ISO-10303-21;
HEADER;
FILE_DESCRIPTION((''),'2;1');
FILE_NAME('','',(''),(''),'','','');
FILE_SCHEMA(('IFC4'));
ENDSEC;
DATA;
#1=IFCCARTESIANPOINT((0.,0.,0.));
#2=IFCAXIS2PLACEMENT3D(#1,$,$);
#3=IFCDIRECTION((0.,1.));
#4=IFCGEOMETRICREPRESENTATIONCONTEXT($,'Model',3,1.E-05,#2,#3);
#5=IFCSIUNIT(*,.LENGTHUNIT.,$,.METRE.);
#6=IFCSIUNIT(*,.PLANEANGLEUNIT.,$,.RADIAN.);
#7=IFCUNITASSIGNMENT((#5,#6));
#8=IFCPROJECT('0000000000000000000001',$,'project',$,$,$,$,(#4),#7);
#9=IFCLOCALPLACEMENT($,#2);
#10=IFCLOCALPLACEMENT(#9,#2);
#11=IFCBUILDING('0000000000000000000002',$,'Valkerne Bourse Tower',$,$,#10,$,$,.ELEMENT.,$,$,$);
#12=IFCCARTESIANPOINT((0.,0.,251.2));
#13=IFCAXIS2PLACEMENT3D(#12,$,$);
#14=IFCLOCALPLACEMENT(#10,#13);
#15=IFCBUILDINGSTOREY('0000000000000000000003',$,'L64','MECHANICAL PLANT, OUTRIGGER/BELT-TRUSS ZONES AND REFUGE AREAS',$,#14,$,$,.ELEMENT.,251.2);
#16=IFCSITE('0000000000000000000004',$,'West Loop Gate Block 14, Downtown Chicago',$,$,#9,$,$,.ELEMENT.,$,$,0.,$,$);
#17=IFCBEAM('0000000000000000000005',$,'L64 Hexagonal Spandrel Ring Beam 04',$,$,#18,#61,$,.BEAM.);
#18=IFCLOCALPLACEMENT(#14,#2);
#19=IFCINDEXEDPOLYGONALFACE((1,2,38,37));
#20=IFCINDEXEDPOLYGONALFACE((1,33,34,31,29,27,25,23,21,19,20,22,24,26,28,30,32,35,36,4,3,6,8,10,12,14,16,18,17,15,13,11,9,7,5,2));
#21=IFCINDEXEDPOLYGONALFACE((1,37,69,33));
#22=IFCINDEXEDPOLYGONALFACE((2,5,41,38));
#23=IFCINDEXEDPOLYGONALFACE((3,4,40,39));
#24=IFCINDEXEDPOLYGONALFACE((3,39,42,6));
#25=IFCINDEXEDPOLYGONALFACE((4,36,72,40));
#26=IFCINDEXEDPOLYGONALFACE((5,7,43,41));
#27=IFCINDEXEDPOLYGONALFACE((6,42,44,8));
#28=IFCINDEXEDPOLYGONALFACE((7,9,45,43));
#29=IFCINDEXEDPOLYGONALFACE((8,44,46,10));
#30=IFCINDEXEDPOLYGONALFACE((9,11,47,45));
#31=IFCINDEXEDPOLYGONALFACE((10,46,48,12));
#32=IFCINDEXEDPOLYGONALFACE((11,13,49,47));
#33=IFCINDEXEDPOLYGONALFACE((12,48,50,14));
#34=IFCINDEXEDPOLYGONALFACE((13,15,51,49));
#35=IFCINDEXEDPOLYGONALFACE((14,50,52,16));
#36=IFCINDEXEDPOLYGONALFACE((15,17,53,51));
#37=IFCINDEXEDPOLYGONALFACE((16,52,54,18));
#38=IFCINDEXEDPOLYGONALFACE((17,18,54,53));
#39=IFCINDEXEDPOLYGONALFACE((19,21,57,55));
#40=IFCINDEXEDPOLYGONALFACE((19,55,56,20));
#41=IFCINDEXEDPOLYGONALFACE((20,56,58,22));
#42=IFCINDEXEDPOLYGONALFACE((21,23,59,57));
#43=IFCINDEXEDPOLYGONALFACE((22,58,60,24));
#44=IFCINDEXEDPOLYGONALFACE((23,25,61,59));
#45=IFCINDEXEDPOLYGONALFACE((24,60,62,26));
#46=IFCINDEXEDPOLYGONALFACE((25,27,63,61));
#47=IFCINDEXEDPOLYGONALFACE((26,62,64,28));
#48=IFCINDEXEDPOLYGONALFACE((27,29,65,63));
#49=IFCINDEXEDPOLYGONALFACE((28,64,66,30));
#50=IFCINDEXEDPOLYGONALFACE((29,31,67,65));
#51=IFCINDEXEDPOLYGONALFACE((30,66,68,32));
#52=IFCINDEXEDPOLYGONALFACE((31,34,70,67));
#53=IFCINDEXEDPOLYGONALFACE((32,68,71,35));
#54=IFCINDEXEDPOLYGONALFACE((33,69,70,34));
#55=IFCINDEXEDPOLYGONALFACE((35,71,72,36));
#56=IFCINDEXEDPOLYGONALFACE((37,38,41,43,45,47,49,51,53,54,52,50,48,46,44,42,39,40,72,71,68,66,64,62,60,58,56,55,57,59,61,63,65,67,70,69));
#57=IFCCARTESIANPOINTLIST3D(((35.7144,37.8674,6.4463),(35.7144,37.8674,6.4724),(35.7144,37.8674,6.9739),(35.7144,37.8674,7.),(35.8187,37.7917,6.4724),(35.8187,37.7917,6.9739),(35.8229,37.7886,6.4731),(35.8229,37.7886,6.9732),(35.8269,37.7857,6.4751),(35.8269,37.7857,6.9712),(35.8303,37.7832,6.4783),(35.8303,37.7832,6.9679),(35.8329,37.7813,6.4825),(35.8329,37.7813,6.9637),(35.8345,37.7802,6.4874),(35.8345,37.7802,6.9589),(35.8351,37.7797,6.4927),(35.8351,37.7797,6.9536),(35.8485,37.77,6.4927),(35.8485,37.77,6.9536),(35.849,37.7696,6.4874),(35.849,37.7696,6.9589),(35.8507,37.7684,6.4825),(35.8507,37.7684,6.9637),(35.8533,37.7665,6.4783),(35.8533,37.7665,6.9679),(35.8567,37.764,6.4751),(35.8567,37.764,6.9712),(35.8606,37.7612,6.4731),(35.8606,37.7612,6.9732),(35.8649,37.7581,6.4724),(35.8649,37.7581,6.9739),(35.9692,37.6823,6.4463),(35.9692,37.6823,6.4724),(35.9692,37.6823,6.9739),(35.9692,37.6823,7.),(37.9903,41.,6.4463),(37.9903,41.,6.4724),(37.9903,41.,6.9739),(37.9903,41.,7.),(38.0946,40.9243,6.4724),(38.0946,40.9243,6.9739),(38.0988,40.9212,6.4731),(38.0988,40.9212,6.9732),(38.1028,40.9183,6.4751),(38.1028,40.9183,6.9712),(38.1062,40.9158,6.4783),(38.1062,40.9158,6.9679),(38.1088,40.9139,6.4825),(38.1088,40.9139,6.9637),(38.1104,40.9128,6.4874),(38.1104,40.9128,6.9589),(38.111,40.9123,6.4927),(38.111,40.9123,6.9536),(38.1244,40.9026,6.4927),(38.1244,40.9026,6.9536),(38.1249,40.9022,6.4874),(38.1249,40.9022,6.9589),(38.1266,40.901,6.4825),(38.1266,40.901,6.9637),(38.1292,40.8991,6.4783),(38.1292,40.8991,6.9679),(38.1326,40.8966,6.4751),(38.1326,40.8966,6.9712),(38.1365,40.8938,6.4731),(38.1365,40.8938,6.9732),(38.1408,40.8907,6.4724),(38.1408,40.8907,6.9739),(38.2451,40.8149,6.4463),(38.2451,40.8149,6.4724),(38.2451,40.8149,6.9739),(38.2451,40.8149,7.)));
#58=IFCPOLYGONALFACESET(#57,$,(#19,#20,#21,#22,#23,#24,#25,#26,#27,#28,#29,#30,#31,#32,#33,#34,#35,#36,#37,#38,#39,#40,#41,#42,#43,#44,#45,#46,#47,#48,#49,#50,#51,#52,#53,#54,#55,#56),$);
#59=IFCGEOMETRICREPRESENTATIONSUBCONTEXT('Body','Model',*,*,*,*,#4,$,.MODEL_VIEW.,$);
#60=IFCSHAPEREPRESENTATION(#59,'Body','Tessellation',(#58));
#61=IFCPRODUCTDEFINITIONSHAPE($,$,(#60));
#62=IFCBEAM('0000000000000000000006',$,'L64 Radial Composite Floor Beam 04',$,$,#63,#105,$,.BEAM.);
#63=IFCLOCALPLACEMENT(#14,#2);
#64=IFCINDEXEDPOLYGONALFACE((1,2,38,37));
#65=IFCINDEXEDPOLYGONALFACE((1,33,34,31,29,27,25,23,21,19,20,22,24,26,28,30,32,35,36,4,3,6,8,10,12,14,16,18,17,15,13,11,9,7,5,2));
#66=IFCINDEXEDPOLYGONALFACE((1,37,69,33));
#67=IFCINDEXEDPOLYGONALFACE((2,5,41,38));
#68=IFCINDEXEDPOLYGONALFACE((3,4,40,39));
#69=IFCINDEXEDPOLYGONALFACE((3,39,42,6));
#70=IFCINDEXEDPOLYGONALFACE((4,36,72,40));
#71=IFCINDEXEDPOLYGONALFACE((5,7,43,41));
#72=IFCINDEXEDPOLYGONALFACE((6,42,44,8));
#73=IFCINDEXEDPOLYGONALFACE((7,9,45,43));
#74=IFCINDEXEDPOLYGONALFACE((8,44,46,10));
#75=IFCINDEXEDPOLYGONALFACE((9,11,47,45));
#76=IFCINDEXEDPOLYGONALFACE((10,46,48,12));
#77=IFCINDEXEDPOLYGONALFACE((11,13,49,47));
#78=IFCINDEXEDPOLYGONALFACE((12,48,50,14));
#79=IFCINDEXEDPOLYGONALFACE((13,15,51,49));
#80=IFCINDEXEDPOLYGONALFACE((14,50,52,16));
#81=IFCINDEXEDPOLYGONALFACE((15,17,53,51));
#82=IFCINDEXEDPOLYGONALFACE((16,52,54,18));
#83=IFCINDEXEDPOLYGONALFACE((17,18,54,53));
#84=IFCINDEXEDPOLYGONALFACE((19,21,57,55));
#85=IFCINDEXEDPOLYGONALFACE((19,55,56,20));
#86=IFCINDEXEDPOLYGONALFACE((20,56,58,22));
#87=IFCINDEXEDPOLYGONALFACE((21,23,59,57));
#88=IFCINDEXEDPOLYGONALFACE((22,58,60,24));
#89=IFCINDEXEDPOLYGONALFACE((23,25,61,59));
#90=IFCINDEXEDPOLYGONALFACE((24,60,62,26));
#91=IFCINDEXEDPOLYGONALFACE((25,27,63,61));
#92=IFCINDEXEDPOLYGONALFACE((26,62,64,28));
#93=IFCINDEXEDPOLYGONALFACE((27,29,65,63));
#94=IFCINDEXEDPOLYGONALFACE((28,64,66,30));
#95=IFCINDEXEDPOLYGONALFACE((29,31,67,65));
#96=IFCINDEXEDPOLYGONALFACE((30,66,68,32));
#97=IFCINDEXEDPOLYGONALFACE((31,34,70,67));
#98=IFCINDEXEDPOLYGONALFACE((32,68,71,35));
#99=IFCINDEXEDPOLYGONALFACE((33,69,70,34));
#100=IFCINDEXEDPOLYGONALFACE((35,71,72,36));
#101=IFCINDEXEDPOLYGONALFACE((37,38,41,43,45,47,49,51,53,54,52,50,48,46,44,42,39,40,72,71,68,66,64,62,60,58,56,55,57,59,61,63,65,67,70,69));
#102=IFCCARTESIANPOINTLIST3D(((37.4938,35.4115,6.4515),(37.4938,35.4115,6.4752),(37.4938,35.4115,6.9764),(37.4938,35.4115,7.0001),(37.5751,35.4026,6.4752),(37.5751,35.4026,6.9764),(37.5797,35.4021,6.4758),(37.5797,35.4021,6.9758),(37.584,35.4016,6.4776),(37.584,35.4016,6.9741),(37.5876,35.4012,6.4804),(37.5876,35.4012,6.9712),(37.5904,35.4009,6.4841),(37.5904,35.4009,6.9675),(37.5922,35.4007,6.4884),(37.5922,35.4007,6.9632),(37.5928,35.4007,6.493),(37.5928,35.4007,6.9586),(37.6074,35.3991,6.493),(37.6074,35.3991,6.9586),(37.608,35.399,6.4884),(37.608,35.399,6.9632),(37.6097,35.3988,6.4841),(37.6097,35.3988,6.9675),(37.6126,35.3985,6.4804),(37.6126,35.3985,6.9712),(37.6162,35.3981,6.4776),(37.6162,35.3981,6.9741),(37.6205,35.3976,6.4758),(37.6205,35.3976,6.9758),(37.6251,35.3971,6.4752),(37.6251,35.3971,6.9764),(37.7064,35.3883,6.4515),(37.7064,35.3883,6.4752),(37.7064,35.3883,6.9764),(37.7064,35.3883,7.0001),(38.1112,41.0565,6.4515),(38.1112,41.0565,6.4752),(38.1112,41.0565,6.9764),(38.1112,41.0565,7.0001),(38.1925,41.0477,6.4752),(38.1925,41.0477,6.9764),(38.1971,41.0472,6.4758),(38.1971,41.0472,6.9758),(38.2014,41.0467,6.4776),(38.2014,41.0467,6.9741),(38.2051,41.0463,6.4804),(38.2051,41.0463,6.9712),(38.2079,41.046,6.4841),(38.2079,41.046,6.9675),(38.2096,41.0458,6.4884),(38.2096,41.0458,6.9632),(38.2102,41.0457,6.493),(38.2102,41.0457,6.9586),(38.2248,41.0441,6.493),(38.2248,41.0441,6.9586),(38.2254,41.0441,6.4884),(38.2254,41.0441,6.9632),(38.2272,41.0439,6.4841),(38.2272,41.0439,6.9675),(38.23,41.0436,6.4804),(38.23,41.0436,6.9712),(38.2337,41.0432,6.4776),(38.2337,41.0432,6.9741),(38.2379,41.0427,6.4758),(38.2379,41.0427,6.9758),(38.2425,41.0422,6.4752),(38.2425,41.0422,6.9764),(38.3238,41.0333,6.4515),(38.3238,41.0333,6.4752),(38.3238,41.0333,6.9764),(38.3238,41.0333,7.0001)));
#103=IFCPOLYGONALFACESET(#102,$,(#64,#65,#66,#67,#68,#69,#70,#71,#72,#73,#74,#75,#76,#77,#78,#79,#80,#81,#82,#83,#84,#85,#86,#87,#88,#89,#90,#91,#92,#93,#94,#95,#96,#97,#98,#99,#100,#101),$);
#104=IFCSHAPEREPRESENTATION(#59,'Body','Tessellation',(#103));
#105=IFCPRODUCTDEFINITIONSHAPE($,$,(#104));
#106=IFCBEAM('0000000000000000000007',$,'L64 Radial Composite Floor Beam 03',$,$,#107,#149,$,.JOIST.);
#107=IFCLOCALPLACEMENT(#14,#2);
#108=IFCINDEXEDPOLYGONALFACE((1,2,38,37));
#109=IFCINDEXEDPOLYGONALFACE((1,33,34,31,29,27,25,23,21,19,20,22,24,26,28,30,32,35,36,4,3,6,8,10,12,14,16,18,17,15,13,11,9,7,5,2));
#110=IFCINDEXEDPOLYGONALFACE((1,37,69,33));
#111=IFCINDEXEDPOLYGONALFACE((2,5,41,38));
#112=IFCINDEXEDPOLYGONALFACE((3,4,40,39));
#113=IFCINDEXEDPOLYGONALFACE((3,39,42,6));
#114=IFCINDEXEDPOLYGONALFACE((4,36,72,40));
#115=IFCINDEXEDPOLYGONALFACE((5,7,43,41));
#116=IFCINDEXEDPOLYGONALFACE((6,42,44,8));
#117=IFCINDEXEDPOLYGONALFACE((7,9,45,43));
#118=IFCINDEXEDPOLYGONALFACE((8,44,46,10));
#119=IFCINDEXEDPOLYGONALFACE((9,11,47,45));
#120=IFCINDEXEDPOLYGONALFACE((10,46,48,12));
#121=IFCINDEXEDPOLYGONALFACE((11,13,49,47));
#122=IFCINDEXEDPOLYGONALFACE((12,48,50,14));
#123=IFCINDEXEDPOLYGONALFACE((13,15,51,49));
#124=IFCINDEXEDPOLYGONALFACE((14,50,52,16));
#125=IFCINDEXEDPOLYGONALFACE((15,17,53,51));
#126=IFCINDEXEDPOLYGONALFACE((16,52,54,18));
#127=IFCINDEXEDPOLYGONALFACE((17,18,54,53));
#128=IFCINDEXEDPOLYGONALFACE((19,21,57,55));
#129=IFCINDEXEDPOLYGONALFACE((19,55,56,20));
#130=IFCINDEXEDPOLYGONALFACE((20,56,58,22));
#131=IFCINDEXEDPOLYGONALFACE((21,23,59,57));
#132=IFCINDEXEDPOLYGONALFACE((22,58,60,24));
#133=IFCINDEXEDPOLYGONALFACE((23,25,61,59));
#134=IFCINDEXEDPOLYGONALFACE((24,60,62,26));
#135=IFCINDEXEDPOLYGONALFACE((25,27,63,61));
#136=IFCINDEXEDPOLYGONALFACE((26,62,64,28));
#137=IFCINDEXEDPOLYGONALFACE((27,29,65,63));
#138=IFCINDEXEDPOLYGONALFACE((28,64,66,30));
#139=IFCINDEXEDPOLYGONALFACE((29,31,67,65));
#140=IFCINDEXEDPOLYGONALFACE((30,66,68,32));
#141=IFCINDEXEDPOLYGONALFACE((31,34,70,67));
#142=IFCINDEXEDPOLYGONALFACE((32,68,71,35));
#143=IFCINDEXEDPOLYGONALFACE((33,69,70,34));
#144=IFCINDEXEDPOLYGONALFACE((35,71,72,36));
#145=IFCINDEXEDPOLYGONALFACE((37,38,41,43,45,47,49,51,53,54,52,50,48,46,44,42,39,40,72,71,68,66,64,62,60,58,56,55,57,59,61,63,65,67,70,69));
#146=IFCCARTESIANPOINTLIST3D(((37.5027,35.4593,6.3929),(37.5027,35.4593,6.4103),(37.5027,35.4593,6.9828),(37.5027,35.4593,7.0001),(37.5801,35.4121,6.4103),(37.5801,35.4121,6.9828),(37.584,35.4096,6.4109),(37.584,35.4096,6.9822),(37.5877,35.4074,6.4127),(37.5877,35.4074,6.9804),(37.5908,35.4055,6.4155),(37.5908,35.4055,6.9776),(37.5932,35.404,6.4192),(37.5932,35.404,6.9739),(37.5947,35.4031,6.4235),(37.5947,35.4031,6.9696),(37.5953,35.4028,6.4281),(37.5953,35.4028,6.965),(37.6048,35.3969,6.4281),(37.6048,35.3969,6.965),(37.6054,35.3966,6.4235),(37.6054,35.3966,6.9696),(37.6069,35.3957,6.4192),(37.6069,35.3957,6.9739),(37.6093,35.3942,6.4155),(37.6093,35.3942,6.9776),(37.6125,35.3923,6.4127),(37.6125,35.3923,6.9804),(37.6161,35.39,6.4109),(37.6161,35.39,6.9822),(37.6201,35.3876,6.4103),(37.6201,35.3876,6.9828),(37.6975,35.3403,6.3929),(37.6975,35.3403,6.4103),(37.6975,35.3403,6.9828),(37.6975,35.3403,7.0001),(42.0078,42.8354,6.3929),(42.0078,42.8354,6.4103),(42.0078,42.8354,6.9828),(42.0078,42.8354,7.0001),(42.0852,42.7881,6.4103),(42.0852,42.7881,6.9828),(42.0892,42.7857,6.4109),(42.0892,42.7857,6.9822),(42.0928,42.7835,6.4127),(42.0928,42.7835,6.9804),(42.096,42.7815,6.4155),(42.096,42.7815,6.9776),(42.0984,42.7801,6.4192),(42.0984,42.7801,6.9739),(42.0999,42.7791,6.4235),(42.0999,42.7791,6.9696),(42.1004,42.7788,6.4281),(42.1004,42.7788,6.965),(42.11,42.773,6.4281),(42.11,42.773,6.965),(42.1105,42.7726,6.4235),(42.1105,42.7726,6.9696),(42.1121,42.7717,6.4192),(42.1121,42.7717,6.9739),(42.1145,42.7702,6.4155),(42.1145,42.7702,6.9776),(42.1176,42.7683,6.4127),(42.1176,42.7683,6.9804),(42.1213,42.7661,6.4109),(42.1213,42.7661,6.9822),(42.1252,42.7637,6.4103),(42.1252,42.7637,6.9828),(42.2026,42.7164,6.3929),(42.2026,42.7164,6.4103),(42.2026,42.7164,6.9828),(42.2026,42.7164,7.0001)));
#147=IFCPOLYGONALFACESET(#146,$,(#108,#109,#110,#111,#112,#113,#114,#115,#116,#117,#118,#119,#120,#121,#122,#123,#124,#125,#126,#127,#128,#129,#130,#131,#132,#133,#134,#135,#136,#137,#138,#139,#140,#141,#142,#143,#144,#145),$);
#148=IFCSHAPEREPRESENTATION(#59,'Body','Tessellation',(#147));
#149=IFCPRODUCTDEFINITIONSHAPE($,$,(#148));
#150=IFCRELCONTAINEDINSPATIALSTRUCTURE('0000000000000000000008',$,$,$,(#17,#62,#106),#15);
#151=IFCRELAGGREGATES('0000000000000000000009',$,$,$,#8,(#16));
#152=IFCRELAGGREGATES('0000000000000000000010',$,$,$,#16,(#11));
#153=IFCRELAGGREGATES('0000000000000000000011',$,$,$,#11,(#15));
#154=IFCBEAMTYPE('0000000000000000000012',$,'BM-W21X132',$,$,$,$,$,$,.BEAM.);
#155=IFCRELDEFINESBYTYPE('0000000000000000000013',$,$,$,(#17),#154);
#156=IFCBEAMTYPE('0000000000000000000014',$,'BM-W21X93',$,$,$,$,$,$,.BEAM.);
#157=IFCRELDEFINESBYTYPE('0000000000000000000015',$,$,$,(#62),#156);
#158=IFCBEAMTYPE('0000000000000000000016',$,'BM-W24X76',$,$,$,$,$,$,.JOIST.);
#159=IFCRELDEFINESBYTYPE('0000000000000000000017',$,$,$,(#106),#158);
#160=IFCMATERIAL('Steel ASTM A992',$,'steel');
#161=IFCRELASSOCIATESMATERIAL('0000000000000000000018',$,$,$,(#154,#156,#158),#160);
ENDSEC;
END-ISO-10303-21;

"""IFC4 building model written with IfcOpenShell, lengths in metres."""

from ifc_helpers import new_model, si_unit, direction, frame, origin, origin_2d, place, context, subcontext, project, spatial, i_section, extrude, material, material_profile, profile_set, type_object, element, save


model = new_model("IFC4")

# Units and contexts
model_context = context("Model", 3, precision=1e-05, world=origin(), true_north=direction((0.0, 1.0)))
body_context = subcontext(model_context, "Body", "Model", "MODEL_VIEW")
ifc_project = project(units=[si_unit("LENGTHUNIT", "METRE"), si_unit("PLANEANGLEUNIT", "RADIAN")], contexts=[model_context])

# Site, building, storey
site_placement = place(None, origin())
site = spatial("IfcSite", under=ifc_project, at=site_placement, Name="West Loop Gate Block 14, Downtown Chicago", CompositionType="ELEMENT", RefElevation=0.0)
building_placement = place(site_placement, origin())
building = spatial("IfcBuilding", under=site, at=building_placement, Name="Valkerne Bourse Tower", CompositionType="ELEMENT")
storey_placement = place(building_placement, frame((0.0, 0.0, 251.2)))
storey = spatial("IfcBuildingStorey", under=building, at=storey_placement, Name="L64", Description="MECHANICAL PLANT, OUTRIGGER/BELT-TRUSS ZONES AND REFUGE AREAS", CompositionType="ELEMENT", Elevation=251.2)

# Beams
ifc_material_1 = material(Name="Steel ASTM A992", Category="steel")
ifc_material_profile_1 = material_profile(ifc_material_1, i_section(OverallWidth=0.3149, OverallDepth=0.5537, WebThickness=0.0166, FlangeThickness=0.0261, FilletRadius=0.0203, at=origin_2d()), Name="W21X132")
ifc_profile_set_1 = profile_set([ifc_material_profile_1], Name="Steel ASTM A992")
beam_type_1 = type_object("IfcBeamType", Name="BM-W21X132", PredefinedType="BEAM", material=ifc_profile_set_1)
beam_1_placement = place(storey_placement, frame((38.1177, 40.9075, 6.7231), z_axis=(-0.587774, -0.809025, 0.0), x_axis=(0.809025, -0.587774, 0.0)))
element("IfcBeam", 1, at=beam_1_placement, inside=storey, type_object=beam_type_1, Name="L64 Hexagonal Spandrel Ring Beam 04", PredefinedType="BEAM", context=body_context, shape_type="SweptSolid", body=[
    extrude(i_section(OverallWidth=0.3149, OverallDepth=0.5537, WebThickness=0.0166, FlangeThickness=0.0261, FilletRadius=0.0203, at=origin_2d()), origin(), (0.0, 0.0, 1.0), 3.8721),
])
ifc_material_profile_2 = material_profile(ifc_material_1, i_section(OverallWidth=0.2139, OverallDepth=0.5486, WebThickness=0.0146, FlangeThickness=0.0237, FilletRadius=0.0178, at=origin_2d()), Name="W21X93")
ifc_profile_set_2 = profile_set([ifc_material_profile_2], Name="Steel ASTM A992")
beam_type_2 = type_object("IfcBeamType", Name="BM-W21X93", PredefinedType="BEAM", material=ifc_profile_set_2)
beam_2_placement = place(storey_placement, frame((38.2175, 41.0449, 6.7258), z_axis=(-0.108728, -0.994072, 0.0), x_axis=(0.994072, -0.108728, 0.0)))
element("IfcBeam", 2, at=beam_2_placement, inside=storey, type_object=beam_type_2, Name="L64 Radial Composite Floor Beam 04", PredefinedType="BEAM", context=body_context, shape_type="SweptSolid", body=[
    extrude(i_section(OverallWidth=0.2139, OverallDepth=0.5486, WebThickness=0.0146, FlangeThickness=0.0237, FilletRadius=0.0178, at=origin_2d()), origin(), (0.0, 0.0, 1.0), 5.6787),
])
ifc_material_profile_3 = material_profile(ifc_material_1, i_section(OverallWidth=0.2283, OverallDepth=0.6072, WebThickness=0.0112, FlangeThickness=0.0173, FilletRadius=0.0178, at=origin_2d()), Name="W24X76")
ifc_profile_set_3 = profile_set([ifc_material_profile_3], Name="Steel ASTM A992")
beam_type_3 = type_object("IfcBeamType", Name="BM-W24X76", PredefinedType="JOIST", material=ifc_profile_set_3)
beam_3_placement = place(storey_placement, frame((42.1052, 42.7759, 6.6965), z_axis=(-0.521247, -0.853406, 0.0), x_axis=(0.853406, -0.521247, 0.0)))
element("IfcBeam", 3, at=beam_3_placement, inside=storey, type_object=beam_type_3, Name="L64 Radial Composite Floor Beam 03", PredefinedType="JOIST", context=body_context, shape_type="SweptSolid", body=[
    extrude(i_section(OverallWidth=0.2283, OverallDepth=0.6072, WebThickness=0.0112, FlangeThickness=0.0173, FilletRadius=0.0178, at=origin_2d()), origin(), (0.0, 0.0, 1.0), 8.6431),
])

save(model, "model.ifc")
